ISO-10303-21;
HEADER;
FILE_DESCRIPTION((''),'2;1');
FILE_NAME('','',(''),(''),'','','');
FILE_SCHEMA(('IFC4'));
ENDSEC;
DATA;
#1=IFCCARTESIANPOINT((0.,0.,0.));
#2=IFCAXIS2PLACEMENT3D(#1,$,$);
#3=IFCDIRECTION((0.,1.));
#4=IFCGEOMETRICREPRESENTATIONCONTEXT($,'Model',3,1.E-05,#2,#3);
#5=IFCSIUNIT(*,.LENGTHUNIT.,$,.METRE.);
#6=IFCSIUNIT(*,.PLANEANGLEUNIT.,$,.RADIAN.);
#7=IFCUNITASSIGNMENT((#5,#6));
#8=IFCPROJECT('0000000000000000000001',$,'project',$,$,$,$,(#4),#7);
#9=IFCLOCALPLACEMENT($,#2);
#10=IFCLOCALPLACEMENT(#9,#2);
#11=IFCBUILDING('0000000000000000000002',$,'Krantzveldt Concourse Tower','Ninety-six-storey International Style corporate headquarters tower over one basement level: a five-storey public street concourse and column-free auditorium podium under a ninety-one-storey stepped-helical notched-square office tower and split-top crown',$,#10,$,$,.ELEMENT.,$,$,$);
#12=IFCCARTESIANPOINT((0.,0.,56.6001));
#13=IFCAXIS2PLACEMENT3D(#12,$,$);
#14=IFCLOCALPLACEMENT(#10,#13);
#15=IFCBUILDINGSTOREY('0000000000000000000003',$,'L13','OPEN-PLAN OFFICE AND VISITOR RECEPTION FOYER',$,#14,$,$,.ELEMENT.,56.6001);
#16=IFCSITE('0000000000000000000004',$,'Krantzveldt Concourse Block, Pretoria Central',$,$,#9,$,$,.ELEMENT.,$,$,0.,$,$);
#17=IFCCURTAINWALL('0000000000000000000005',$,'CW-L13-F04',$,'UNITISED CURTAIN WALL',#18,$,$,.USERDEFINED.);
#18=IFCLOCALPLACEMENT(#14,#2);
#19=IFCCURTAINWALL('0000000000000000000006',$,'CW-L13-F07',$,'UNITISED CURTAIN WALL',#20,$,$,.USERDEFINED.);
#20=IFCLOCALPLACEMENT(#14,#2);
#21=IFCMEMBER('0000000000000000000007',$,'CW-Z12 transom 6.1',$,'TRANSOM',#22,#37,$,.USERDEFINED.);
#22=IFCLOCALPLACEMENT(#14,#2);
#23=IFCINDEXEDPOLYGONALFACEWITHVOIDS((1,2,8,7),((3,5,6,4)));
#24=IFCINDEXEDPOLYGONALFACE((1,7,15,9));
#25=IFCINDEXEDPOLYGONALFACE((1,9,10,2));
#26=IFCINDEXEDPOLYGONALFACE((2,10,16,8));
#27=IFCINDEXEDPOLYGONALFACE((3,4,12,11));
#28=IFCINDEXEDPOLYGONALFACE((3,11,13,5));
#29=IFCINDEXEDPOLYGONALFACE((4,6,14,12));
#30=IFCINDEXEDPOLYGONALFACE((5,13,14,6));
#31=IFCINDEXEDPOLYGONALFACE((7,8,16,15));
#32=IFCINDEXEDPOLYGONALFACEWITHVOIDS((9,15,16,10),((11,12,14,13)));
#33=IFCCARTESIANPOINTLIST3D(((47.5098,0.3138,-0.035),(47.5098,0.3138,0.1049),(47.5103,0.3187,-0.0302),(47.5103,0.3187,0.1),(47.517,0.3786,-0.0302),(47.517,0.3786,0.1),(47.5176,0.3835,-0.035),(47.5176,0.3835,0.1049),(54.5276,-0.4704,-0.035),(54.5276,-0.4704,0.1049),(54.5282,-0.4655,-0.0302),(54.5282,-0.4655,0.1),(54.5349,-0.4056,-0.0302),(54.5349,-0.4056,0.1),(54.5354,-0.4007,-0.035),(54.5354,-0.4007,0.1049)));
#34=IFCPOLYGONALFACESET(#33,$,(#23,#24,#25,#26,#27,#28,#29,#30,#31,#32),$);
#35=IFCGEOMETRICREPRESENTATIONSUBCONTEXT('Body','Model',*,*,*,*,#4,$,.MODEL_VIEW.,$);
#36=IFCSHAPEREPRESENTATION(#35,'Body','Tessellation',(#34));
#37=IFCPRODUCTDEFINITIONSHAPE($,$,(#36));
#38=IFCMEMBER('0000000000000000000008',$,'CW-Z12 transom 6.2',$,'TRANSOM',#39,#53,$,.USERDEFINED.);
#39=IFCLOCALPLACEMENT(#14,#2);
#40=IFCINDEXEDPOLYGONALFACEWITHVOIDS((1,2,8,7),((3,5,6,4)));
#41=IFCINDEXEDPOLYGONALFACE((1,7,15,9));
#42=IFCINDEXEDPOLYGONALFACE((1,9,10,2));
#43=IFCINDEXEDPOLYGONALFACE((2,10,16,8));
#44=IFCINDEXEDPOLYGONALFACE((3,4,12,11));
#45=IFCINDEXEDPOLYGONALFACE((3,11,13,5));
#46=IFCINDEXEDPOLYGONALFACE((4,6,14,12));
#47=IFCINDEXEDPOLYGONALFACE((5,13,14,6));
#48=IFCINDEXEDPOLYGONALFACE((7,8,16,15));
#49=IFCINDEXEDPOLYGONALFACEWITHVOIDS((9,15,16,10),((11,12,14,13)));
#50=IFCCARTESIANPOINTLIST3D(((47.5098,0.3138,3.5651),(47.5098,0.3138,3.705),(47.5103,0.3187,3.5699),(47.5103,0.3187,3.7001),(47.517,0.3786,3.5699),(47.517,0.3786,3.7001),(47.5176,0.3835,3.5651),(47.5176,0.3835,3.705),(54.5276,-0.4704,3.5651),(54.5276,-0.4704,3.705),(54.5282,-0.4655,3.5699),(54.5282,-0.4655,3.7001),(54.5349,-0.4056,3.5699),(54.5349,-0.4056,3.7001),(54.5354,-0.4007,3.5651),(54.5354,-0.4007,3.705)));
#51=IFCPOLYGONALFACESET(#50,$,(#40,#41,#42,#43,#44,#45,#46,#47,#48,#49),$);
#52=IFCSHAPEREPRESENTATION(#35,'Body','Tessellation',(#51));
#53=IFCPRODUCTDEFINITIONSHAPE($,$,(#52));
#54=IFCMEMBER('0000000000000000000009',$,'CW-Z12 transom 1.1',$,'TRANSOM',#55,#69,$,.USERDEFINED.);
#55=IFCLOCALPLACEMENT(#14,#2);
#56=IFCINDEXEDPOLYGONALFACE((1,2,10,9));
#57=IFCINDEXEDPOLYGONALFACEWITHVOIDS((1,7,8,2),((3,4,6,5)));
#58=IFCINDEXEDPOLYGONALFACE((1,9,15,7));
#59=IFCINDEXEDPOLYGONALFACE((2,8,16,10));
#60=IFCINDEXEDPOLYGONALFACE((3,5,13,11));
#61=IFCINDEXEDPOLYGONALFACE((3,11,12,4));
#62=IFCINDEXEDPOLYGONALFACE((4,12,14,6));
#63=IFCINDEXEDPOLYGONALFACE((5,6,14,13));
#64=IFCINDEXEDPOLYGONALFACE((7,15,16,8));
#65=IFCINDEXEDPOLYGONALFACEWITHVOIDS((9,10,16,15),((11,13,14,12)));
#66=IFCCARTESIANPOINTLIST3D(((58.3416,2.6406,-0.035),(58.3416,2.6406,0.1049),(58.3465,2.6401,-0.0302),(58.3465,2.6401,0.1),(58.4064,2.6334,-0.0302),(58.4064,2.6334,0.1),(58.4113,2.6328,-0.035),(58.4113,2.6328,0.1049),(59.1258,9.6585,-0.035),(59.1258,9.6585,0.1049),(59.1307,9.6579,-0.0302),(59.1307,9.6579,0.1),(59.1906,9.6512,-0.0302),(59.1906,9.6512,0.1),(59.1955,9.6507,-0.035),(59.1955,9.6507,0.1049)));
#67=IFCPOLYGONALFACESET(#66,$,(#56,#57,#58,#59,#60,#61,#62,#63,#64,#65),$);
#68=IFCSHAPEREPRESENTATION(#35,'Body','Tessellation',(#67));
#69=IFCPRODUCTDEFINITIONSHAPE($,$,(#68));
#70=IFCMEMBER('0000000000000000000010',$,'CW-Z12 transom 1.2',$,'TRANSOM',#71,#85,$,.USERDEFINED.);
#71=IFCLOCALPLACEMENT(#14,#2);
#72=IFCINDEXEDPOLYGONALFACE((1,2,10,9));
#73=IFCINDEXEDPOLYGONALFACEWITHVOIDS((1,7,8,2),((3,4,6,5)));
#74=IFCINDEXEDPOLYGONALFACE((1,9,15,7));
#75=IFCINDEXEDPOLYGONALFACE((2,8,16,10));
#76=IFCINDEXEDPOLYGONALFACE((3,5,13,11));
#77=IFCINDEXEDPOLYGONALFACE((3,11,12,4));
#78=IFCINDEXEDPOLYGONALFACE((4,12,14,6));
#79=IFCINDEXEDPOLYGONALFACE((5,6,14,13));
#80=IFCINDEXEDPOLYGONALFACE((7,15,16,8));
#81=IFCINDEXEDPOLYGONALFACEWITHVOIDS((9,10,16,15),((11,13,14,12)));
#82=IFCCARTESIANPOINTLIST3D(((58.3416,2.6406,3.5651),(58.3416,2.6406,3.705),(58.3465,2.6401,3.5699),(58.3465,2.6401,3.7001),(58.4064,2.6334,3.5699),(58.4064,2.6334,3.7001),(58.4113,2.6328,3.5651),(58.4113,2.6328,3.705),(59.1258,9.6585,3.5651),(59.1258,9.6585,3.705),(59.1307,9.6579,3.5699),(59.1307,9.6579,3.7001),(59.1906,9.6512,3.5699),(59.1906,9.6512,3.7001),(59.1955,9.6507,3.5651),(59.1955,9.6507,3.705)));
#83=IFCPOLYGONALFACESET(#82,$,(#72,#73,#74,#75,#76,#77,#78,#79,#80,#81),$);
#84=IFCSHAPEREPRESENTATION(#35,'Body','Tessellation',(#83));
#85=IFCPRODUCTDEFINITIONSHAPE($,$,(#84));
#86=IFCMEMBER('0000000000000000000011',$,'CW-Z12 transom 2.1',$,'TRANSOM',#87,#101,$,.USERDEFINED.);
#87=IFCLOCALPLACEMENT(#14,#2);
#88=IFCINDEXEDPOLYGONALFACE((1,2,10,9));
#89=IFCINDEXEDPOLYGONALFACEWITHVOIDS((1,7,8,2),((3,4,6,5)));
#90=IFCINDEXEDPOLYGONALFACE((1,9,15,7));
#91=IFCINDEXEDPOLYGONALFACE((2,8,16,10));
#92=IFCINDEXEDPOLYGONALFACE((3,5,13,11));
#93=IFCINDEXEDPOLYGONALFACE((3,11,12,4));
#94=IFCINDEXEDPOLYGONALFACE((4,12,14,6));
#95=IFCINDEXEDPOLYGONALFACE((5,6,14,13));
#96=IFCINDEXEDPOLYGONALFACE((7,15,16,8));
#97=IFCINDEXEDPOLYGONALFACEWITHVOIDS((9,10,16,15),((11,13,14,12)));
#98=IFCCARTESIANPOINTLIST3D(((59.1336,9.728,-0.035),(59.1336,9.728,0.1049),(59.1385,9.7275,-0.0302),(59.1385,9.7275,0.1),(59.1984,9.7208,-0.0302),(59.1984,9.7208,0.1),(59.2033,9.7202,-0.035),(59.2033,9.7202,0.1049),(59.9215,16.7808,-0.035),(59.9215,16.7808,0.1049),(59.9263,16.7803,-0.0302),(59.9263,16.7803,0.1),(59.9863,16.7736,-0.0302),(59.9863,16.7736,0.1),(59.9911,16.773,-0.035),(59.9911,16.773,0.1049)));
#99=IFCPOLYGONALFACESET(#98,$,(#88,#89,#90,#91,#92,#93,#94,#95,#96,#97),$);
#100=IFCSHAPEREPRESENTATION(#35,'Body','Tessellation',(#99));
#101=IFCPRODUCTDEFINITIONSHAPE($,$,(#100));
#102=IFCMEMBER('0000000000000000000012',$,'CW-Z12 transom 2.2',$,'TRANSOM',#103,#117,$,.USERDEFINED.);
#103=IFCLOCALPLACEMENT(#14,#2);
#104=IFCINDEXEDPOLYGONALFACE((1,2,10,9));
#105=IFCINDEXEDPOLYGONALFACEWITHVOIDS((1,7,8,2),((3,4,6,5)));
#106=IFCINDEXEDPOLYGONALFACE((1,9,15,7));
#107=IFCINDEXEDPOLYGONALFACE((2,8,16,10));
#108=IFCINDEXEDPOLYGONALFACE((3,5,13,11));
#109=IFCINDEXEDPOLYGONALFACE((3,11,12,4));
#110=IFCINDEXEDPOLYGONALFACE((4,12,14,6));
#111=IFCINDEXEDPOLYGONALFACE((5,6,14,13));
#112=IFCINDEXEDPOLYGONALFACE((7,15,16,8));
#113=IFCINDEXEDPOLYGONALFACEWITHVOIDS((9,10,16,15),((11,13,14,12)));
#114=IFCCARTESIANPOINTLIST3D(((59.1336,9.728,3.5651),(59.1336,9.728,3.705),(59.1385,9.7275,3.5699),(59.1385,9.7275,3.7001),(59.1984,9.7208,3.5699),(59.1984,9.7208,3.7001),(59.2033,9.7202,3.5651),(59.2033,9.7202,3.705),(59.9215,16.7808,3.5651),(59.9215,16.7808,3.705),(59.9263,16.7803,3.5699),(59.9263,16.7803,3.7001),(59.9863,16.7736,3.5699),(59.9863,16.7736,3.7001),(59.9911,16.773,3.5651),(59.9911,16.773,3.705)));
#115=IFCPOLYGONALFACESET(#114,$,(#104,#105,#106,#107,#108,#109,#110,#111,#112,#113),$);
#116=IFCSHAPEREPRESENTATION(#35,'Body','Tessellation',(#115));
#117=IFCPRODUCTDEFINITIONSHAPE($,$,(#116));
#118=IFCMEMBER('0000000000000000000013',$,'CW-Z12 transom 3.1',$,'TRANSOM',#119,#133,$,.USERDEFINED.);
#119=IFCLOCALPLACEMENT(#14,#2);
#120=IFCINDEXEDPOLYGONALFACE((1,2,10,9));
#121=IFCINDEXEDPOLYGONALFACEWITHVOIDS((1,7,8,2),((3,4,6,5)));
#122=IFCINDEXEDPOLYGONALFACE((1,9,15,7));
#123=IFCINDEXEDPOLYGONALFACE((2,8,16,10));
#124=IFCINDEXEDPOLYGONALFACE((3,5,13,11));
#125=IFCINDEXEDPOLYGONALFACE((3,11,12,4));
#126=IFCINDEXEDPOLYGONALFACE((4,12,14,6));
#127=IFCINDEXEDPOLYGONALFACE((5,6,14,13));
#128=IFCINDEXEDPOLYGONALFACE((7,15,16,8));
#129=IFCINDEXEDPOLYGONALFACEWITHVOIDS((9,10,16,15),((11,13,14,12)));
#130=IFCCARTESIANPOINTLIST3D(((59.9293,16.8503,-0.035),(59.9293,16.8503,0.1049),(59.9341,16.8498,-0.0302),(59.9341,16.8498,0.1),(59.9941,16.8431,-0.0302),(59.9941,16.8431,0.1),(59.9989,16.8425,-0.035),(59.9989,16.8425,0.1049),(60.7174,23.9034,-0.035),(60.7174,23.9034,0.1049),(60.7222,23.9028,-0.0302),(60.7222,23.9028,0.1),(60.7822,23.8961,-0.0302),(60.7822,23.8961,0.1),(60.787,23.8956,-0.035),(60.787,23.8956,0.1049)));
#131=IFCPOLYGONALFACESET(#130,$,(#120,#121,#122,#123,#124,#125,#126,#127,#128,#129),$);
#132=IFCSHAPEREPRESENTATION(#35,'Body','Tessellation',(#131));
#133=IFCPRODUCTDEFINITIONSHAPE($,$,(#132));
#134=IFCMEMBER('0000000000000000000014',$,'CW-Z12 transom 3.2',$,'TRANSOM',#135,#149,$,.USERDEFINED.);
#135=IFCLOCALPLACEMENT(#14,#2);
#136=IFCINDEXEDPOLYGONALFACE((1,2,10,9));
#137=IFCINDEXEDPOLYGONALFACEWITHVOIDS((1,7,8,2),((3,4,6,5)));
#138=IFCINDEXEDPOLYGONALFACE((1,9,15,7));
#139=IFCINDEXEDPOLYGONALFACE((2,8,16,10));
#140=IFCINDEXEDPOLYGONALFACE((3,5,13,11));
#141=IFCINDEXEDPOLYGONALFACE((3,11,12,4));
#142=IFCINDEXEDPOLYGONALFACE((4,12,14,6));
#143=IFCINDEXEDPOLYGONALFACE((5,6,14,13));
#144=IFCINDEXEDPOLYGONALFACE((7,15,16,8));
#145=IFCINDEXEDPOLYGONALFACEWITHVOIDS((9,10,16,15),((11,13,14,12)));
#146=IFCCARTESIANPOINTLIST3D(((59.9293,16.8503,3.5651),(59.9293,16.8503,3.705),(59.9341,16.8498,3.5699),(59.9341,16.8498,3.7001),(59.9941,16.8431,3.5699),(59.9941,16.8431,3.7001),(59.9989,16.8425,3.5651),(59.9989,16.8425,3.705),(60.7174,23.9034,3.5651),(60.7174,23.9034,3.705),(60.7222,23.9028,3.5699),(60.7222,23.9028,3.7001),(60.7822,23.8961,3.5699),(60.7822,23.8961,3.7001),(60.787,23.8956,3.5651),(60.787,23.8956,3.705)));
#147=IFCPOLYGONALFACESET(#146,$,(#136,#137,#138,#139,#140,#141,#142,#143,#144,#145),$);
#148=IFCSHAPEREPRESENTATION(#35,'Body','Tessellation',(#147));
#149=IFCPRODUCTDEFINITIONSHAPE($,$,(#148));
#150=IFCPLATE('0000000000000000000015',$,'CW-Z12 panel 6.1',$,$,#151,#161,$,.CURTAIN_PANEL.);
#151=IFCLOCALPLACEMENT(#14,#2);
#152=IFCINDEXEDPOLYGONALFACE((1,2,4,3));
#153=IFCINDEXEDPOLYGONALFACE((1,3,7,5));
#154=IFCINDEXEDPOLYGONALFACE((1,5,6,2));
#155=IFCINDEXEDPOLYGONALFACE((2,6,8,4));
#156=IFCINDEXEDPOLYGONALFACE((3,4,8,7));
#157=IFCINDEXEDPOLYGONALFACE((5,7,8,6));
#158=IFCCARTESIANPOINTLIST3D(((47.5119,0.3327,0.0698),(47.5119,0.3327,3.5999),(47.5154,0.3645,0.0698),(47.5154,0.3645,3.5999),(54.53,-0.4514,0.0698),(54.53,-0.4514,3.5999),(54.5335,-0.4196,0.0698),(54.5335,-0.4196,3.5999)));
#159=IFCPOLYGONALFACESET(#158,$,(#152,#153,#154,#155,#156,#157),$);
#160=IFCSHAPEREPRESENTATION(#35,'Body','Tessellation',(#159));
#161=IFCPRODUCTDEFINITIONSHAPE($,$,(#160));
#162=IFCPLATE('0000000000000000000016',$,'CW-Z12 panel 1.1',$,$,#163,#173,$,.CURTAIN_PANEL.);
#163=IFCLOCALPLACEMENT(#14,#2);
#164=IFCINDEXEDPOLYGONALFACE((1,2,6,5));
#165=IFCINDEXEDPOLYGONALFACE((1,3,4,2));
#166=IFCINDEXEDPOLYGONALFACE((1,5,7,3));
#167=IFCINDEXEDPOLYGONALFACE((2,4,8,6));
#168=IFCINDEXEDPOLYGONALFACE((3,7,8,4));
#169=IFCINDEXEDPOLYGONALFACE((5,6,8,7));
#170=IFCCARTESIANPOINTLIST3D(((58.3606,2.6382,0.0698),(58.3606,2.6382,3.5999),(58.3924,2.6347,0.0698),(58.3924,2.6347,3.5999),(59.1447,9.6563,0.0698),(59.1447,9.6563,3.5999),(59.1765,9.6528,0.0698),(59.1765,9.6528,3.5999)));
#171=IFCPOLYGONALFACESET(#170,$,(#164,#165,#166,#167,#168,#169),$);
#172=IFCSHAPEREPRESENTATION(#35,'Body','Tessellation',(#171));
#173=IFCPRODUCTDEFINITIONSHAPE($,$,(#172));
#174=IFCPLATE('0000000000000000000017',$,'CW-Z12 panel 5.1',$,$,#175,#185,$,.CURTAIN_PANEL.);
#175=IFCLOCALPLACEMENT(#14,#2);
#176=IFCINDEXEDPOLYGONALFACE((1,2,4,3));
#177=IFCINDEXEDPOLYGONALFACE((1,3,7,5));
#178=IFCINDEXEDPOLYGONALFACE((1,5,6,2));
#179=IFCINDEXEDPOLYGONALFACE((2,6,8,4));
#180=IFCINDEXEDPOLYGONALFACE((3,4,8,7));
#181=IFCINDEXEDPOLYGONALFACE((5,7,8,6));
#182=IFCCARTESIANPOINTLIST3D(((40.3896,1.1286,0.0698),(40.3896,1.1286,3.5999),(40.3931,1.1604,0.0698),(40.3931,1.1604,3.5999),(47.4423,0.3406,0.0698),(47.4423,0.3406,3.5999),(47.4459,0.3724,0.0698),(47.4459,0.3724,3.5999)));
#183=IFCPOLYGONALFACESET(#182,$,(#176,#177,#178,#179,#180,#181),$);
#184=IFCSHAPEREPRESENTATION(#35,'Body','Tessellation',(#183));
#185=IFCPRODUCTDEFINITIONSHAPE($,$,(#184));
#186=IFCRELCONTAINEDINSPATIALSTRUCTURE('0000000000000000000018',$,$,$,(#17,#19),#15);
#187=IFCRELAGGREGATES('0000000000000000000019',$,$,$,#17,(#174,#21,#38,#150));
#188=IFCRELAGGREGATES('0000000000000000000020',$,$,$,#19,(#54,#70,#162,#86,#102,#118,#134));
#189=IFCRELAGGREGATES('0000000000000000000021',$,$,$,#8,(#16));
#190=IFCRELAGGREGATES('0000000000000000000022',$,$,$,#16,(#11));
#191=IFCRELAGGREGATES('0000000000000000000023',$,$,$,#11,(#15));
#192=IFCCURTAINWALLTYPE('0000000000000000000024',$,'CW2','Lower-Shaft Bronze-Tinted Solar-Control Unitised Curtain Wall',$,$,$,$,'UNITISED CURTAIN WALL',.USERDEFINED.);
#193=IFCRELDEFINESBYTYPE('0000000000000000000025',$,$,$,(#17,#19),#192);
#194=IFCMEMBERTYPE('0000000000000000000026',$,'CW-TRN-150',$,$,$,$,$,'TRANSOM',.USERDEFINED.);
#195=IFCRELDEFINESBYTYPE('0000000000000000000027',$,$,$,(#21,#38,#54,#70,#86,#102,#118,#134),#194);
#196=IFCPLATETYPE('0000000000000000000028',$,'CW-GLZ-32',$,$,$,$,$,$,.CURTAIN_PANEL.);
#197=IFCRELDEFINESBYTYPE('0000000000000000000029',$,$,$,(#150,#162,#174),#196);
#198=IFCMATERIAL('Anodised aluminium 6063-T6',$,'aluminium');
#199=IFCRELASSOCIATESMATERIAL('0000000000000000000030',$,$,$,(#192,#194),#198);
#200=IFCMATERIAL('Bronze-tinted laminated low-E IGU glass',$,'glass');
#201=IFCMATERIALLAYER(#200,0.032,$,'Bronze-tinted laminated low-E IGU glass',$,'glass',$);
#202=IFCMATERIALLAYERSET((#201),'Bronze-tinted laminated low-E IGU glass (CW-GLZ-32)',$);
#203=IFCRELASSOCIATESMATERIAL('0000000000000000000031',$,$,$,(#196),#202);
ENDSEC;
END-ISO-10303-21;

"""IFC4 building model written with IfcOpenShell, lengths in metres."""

from ifc_helpers import new_model, si_unit, direction, frame, origin, origin_2d, place, context, subcontext, project, spatial, rectangle, hollow_rectangle, extrude, source, transform, mapped, material, layer, layer_set, material_profile, profile_set, type_object, type_shapes, element, aggregate, save


model = new_model("IFC4")

# Units and contexts
model_context = context("Model", 3, precision=1e-05, world=origin(), true_north=direction((0.0, 1.0)))
body_context = subcontext(model_context, "Body", "Model", "MODEL_VIEW")
ifc_project = project(units=[si_unit("LENGTHUNIT", "METRE"), si_unit("PLANEANGLEUNIT", "RADIAN")], contexts=[model_context])

# Site, building, storey
site_placement = place(None, origin())
site = spatial("IfcSite", under=ifc_project, at=site_placement, Name="Krantzveldt Concourse Block, Pretoria Central", CompositionType="ELEMENT", RefElevation=0.0)
building_placement = place(site_placement, origin())
building = spatial("IfcBuilding", under=site, at=building_placement, Name="Krantzveldt Concourse Tower", Description="Ninety-six-storey International Style corporate headquarters tower over one basement level: a five-storey public street concourse and column-free auditorium podium under a ninety-one-storey stepped-helical notched-square office tower and split-top crown", CompositionType="ELEMENT")
storey_placement = place(building_placement, frame((0.0, 0.0, 56.6001)))
storey = spatial("IfcBuildingStorey", under=building, at=storey_placement, Name="L13", Description="OPEN-PLAN OFFICE AND VISITOR RECEPTION FOYER", CompositionType="ELEMENT", Elevation=56.6001)

# Curtain walls
ifc_material_1 = material(Name="Anodised aluminium 6063-T6", Category="aluminium")
curtain_wall_type = type_object("IfcCurtainWallType", Name="CW2", Description="Lower-Shaft Bronze-Tinted Solar-Control Unitised Curtain Wall", ElementType="UNITISED CURTAIN WALL", PredefinedType="USERDEFINED", material=ifc_material_1)
curtain_wall_1_placement = place(storey_placement, origin())
curtain_wall_1 = element("IfcCurtainWall", 1, at=curtain_wall_1_placement, inside=storey, type_object=curtain_wall_type, Name="CW-L13-F04", ObjectType="UNITISED CURTAIN WALL", PredefinedType="USERDEFINED")
curtain_wall_2_placement = place(storey_placement, origin())
curtain_wall_2 = element("IfcCurtainWall", 2, at=curtain_wall_2_placement, inside=storey, type_object=curtain_wall_type, Name="CW-L13-F07", ObjectType="UNITISED CURTAIN WALL", PredefinedType="USERDEFINED")

# Members
ifc_material_profile_1 = material_profile(ifc_material_1, hollow_rectangle(XDim=0.0701, YDim=0.1399, WallThickness=0.0049, at=origin_2d()), Name="Anodised aluminium 6063-T6", Category="aluminium")
ifc_profile_set_1 = profile_set([ifc_material_profile_1], Name="Anodised aluminium 6063-T6 - ALU-TRAN 140x70x5")
member_type_1 = type_object("IfcMemberType", Name="CW-TRN-150", ElementType="TRANSOM", PredefinedType="USERDEFINED", material=ifc_profile_set_1)
shared_shape_1 = source(origin(), body_context, "Body", "SweptSolid", [
    extrude(hollow_rectangle(XDim=0.0701, YDim=0.1399, WallThickness=0.0049, at=origin_2d()), origin(), (0.0, 0.0, 1.0), 7.0615),
])
member_1_placement = place(storey_placement, frame((47.5137, 0.3486, 0.0349), z_axis=(0.993815, -0.11105, 0.0), x_axis=(0.11105, 0.993815, 0.0)))
member_1 = element("IfcMember", 3, at=member_1_placement, type_object=member_type_1, Name="CW-Z12 transom 6.1", ObjectType="TRANSOM", PredefinedType="USERDEFINED", context=body_context, shape_type="MappedRepresentation", body=[
    mapped(shared_shape_1, transform((0.0, 0.0, 0.0), x_axis=(1.0, 0.0, 0.0), y_axis=(0.0, 1.0, 0.0), z_axis=(0.0, 0.0, 1.0), scale=1.0)),
])
member_2_placement = place(storey_placement, frame((47.5137, 0.3486, 3.635), z_axis=(0.993815, -0.11105, 0.0), x_axis=(0.11105, 0.993815, 0.0)))
member_2 = element("IfcMember", 4, at=member_2_placement, type_object=member_type_1, Name="CW-Z12 transom 6.2", ObjectType="TRANSOM", PredefinedType="USERDEFINED", context=body_context, shape_type="MappedRepresentation", body=[
    mapped(shared_shape_1, transform((0.0, 0.0, 0.0), x_axis=(1.0, 0.0, 0.0), y_axis=(0.0, 1.0, 0.0), z_axis=(0.0, 0.0, 1.0), scale=1.0)),
])
member_3_placement = place(storey_placement, frame((58.3765, 2.6367, 0.0349), z_axis=(0.11105, 0.993815, 0.0), x_axis=(-0.993815, 0.11105, 0.0)))
member_3 = element("IfcMember", 5, at=member_3_placement, type_object=member_type_1, Name="CW-Z12 transom 1.1", ObjectType="TRANSOM", PredefinedType="USERDEFINED", context=body_context, shape_type="MappedRepresentation", body=[
    mapped(shared_shape_1, transform((0.0, 0.0, 0.0), x_axis=(1.0, 0.0, 0.0), y_axis=(0.0, 1.0, 0.0), z_axis=(0.0, 0.0, 1.0), scale=1.0)),
])
member_4_placement = place(storey_placement, frame((58.3765, 2.6367, 3.635), z_axis=(0.11105, 0.993815, 0.0), x_axis=(-0.993815, 0.11105, 0.0)))
member_4 = element("IfcMember", 6, at=member_4_placement, type_object=member_type_1, Name="CW-Z12 transom 1.2", ObjectType="TRANSOM", PredefinedType="USERDEFINED", context=body_context, shape_type="MappedRepresentation", body=[
    mapped(shared_shape_1, transform((0.0, 0.0, 0.0), x_axis=(1.0, 0.0, 0.0), y_axis=(0.0, 1.0, 0.0), z_axis=(0.0, 0.0, 1.0), scale=1.0)),
])
shared_shape_2 = source(origin(), body_context, "Body", "SweptSolid", [
    extrude(hollow_rectangle(XDim=0.0701, YDim=0.1399, WallThickness=0.0049, at=origin_2d()), origin(), (0.0, 0.0, 1.0), 7.0967),
])
member_5_placement = place(storey_placement, frame((59.1685, 9.7241, 0.0349), z_axis=(0.111017, 0.993819, 0.0), x_axis=(-0.993819, 0.111017, 0.0)))
member_5 = element("IfcMember", 7, at=member_5_placement, type_object=member_type_1, Name="CW-Z12 transom 2.1", ObjectType="TRANSOM", PredefinedType="USERDEFINED", context=body_context, shape_type="MappedRepresentation", body=[
    mapped(shared_shape_2, transform((0.0, 0.0, 0.0), x_axis=(1.0, 0.0, 0.0), y_axis=(0.0, 1.0, 0.0), z_axis=(0.0, 0.0, 1.0), scale=1.0)),
])
member_6_placement = place(storey_placement, frame((59.1685, 9.7241, 3.635), z_axis=(0.111017, 0.993819, 0.0), x_axis=(-0.993819, 0.111017, 0.0)))
member_6 = element("IfcMember", 8, at=member_6_placement, type_object=member_type_1, Name="CW-Z12 transom 2.2", ObjectType="TRANSOM", PredefinedType="USERDEFINED", context=body_context, shape_type="MappedRepresentation", body=[
    mapped(shared_shape_2, transform((0.0, 0.0, 0.0), x_axis=(1.0, 0.0, 0.0), y_axis=(0.0, 1.0, 0.0), z_axis=(0.0, 0.0, 1.0), scale=1.0)),
])
shared_shape_3 = source(origin(), body_context, "Body", "SweptSolid", [
    extrude(hollow_rectangle(XDim=0.0701, YDim=0.1399, WallThickness=0.0049, at=origin_2d()), origin(), (0.0, 0.0, 1.0), 7.0969),
])
type_shapes(member_type_1, [shared_shape_1, shared_shape_2, shared_shape_3])
member_7_placement = place(storey_placement, frame((59.9641, 16.8464, 0.0349), z_axis=(0.111047, 0.993815, 0.0), x_axis=(-0.993815, 0.111047, 0.0)))
member_7 = element("IfcMember", 9, at=member_7_placement, type_object=member_type_1, Name="CW-Z12 transom 3.1", ObjectType="TRANSOM", PredefinedType="USERDEFINED", context=body_context, shape_type="MappedRepresentation", body=[
    mapped(shared_shape_3, transform((0.0, 0.0, 0.0), x_axis=(1.0, 0.0, 0.0), y_axis=(0.0, 1.0, 0.0), z_axis=(0.0, 0.0, 1.0), scale=1.0)),
])
member_8_placement = place(storey_placement, frame((59.9641, 16.8464, 3.635), z_axis=(0.111047, 0.993815, 0.0), x_axis=(-0.993815, 0.111047, 0.0)))
member_8 = element("IfcMember", 10, at=member_8_placement, type_object=member_type_1, Name="CW-Z12 transom 3.2", ObjectType="TRANSOM", PredefinedType="USERDEFINED", context=body_context, shape_type="MappedRepresentation", body=[
    mapped(shared_shape_3, transform((0.0, 0.0, 0.0), x_axis=(1.0, 0.0, 0.0), y_axis=(0.0, 1.0, 0.0), z_axis=(0.0, 0.0, 1.0), scale=1.0)),
])

# Plates
ifc_material_2 = material(Name="Bronze-tinted laminated low-E IGU glass", Category="glass")
ifc_layer_1 = layer(ifc_material_2, 0.032, Name="Bronze-tinted laminated low-E IGU glass", Category="glass")
ifc_layer_set_1 = layer_set([ifc_layer_1], Name="Bronze-tinted laminated low-E IGU glass (CW-GLZ-32)")
plate_type = type_object("IfcPlateType", Name="CW-GLZ-32", PredefinedType="CURTAIN_PANEL", material=ifc_layer_set_1)
shared_shape_4 = source(origin(), body_context, "Body", "SweptSolid", [
    extrude(rectangle(XDim=7.0618, YDim=0.032, at=origin_2d()), origin(), (0.0, 0.0, 1.0), 3.53),
])
plate_1_placement = place(storey_placement, frame((51.0227, -0.0435, 0.0698), z_axis=(0.0, 0.0, 1.0), x_axis=(0.993816, -0.111035, 0.0)))
plate_1 = element("IfcPlate", 11, at=plate_1_placement, type_object=plate_type, Name="CW-Z12 panel 6.1", PredefinedType="CURTAIN_PANEL", context=body_context, shape_type="MappedRepresentation", body=[
    mapped(shared_shape_4, transform((0.0, 0.0, 0.0), x_axis=(1.0, 0.0, 0.0), y_axis=(0.0, 1.0, 0.0), z_axis=(0.0, 0.0, 1.0), scale=1.0)),
])
plate_2_placement = place(storey_placement, frame((58.7686, 6.1455, 0.0698), z_axis=(0.0, 0.0, 1.0), x_axis=(0.111035, 0.993816, 0.0)))
plate_2 = element("IfcPlate", 12, at=plate_2_placement, type_object=plate_type, Name="CW-Z12 panel 1.1", PredefinedType="CURTAIN_PANEL", context=body_context, shape_type="MappedRepresentation", body=[
    mapped(shared_shape_4, transform((0.0, 0.0, 0.0), x_axis=(1.0, 0.0, 0.0), y_axis=(0.0, 1.0, 0.0), z_axis=(0.0, 0.0, 1.0), scale=1.0)),
])
shared_shape_5 = source(origin(), body_context, "Body", "SweptSolid", [
    extrude(rectangle(XDim=7.0967, YDim=0.032, at=origin_2d()), origin(), (0.0, 0.0, 1.0), 3.53),
])
type_shapes(plate_type, [shared_shape_4, shared_shape_5])
plate_3_placement = place(storey_placement, frame((43.9177, 0.7505, 0.0698), z_axis=(0.0, 0.0, 1.0), x_axis=(0.993816, -0.111035, 0.0)))
plate_3 = element("IfcPlate", 13, at=plate_3_placement, type_object=plate_type, Name="CW-Z12 panel 5.1", PredefinedType="CURTAIN_PANEL", context=body_context, shape_type="MappedRepresentation", body=[
    mapped(shared_shape_5, transform((0.0, 0.0, 0.0), x_axis=(1.0, 0.0, 0.0), y_axis=(0.0, 1.0, 0.0), z_axis=(0.0, 0.0, 1.0), scale=1.0)),
])
aggregate(curtain_wall_1, [plate_3, member_1, member_2, plate_1])
aggregate(curtain_wall_2, [member_3, member_4, plate_2, member_5, member_6, member_7, member_8])

save(model, "model.ifc")
